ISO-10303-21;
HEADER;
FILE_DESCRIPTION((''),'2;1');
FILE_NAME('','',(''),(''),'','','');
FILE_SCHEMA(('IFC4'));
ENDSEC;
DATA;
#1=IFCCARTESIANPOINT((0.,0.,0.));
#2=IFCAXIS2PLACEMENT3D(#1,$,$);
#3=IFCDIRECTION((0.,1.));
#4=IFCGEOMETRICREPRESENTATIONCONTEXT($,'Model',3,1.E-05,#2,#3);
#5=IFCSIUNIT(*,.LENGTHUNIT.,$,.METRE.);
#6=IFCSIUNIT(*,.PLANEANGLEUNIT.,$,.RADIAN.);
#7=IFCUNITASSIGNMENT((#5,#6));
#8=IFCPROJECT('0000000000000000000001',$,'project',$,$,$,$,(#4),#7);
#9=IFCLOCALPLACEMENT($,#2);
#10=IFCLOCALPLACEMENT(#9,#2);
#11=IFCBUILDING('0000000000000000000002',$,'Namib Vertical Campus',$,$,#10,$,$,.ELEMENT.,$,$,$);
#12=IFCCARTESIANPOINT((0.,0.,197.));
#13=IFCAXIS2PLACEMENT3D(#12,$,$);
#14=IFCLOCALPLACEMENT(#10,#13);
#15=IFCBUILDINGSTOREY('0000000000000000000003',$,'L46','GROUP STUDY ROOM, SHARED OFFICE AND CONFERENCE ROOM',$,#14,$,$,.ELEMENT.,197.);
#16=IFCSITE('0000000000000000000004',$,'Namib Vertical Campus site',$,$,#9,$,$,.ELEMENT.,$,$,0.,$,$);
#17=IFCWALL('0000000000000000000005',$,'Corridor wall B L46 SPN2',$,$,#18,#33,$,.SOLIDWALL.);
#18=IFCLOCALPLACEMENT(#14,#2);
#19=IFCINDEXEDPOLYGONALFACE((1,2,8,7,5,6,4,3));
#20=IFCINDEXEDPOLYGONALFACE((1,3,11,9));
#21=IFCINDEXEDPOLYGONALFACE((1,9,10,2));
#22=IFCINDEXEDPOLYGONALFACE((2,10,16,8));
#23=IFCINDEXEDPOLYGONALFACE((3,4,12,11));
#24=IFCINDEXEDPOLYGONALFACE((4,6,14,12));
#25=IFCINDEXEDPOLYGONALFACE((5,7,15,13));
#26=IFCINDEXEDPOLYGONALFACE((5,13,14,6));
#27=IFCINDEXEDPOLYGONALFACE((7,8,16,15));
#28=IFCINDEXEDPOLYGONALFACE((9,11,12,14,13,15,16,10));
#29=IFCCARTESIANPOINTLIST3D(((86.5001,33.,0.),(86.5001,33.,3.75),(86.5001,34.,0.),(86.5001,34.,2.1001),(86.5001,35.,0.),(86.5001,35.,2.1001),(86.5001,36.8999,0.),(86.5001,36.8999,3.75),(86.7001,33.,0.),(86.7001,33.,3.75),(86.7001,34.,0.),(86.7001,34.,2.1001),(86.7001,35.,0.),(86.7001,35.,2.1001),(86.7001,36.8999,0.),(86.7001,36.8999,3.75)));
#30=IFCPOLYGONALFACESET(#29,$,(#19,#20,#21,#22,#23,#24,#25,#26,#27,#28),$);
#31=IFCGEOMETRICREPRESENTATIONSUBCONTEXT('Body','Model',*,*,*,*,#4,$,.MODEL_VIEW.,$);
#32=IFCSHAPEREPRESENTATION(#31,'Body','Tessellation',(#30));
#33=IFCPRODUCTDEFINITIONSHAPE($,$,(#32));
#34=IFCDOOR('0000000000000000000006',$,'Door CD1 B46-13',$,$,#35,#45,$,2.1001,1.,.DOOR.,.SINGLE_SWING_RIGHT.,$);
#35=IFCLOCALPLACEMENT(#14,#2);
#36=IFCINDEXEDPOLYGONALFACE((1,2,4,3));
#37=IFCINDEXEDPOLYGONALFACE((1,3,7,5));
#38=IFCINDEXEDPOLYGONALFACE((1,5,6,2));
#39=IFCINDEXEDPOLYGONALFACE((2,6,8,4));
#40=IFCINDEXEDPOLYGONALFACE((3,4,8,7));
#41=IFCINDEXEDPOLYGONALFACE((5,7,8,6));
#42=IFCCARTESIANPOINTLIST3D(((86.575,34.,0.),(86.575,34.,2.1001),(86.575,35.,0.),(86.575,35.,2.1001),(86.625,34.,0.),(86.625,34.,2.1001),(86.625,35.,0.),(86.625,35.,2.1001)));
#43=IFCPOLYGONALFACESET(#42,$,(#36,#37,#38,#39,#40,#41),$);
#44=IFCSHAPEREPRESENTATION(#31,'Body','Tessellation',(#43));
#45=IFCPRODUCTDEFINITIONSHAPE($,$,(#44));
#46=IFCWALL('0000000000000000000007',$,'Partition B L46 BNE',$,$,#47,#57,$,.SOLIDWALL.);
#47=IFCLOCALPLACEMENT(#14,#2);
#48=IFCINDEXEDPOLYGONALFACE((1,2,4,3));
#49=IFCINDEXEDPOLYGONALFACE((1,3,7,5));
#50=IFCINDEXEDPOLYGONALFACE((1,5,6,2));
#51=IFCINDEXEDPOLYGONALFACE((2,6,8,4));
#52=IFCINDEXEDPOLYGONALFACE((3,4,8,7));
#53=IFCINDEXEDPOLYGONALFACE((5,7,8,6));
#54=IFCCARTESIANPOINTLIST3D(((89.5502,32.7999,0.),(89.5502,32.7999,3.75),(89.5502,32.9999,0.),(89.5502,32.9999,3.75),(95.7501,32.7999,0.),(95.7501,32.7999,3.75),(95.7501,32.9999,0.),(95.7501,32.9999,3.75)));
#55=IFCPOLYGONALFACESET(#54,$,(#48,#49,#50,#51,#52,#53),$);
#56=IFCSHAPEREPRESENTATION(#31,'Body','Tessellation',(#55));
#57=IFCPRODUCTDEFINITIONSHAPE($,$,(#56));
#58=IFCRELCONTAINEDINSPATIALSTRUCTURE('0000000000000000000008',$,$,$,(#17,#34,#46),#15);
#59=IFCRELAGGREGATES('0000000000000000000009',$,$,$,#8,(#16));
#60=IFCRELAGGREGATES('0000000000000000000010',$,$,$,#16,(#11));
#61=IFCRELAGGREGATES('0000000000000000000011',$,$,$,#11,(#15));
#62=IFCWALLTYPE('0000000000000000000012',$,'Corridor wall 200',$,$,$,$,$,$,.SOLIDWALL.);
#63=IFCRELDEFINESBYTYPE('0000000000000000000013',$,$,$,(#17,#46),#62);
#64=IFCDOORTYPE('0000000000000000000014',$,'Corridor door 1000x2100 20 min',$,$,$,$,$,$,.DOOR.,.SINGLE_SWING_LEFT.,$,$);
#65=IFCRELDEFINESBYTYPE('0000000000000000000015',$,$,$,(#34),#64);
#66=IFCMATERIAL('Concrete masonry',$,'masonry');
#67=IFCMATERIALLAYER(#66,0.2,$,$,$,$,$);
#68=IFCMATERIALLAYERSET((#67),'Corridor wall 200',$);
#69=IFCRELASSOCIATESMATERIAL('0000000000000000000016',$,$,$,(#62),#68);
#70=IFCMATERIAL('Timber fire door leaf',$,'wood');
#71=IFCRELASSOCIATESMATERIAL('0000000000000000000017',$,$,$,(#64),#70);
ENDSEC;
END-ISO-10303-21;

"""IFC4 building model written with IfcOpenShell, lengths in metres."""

from ifc_helpers import new_model, si_unit, direction, frame, frame_2d, origin, place, context, subcontext, project, spatial, rectangle, extrude, material, layer, layer_set, type_object, element, fill, save


model = new_model("IFC4")

# Units and contexts
model_context = context("Model", 3, precision=1e-05, world=origin(), true_north=direction((0.0, 1.0)))
body_context = subcontext(model_context, "Body", "Model", "MODEL_VIEW")
ifc_project = project(units=[si_unit("LENGTHUNIT", "METRE"), si_unit("PLANEANGLEUNIT", "RADIAN")], contexts=[model_context])

# Site, building, storey
site_placement = place(None, origin())
site = spatial("IfcSite", under=ifc_project, at=site_placement, Name="Namib Vertical Campus site", CompositionType="ELEMENT", RefElevation=0.0)
building_placement = place(site_placement, origin())
building = spatial("IfcBuilding", under=site, at=building_placement, Name="Namib Vertical Campus", CompositionType="ELEMENT")
storey_placement = place(building_placement, frame((0.0, 0.0, 197.0)))
storey = spatial("IfcBuildingStorey", under=building, at=storey_placement, Name="L46", Description="GROUP STUDY ROOM, SHARED OFFICE AND CONFERENCE ROOM", CompositionType="ELEMENT", Elevation=197.0)

# Wall, opening, door
ifc_material_1 = material(Name="Concrete masonry", Category="masonry")
ifc_layer_1 = layer(ifc_material_1, 0.2)
ifc_layer_set_1 = layer_set([ifc_layer_1], Name="Corridor wall 200")
wall_type_1 = type_object("IfcWallType", Name="Corridor wall 200", PredefinedType="SOLIDWALL", material=ifc_layer_set_1)
ifc_material_2 = material(Name="Timber fire door leaf", Category="wood")
door_type_1 = type_object("IfcDoorType", Name="Corridor door 1000x2100 20 min", OperationType="SINGLE_SWING_LEFT", PredefinedType="DOOR", material=ifc_material_2)
wall_1_placement = place(storey_placement, frame((86.6001, 36.8999, 0.0), z_axis=(0.0, 0.0, 1.0), x_axis=(0.0, -1.0, 0.0)))
wall_1 = element("IfcWall", 1, at=wall_1_placement, inside=storey, type_object=wall_type_1, Name="Corridor wall B L46 SPN2", PredefinedType="SOLIDWALL", context=body_context, shape_type="SweptSolid", body=[
    extrude(rectangle(XDim=3.8999, YDim=0.2, at=frame_2d((1.95, 0.0))), origin(), (0.0, 0.0, 1.0), 3.75),
])
opening_1_placement = place(wall_1_placement, frame((1.8999, 0.0, 0.0)))
opening_1 = element("IfcOpeningElement", 2, at=opening_1_placement, cuts=wall_1, PredefinedType="OPENING", context=body_context, shape_type="SweptSolid", body=[
    extrude(rectangle(XDim=1.0, YDim=2.1001, at=frame_2d((0.5, 1.05))), frame((0.0, 0.1099, 0.0), z_axis=(0.0, -1.0, 0.0), x_axis=(1.0, 0.0, 0.0)), (0.0, 0.0, 1.0), 0.22),
])
door_1_placement = place(opening_1_placement, origin())
door_1 = element("IfcDoor", 3, at=door_1_placement, inside=storey, type_object=door_type_1, Name="Door CD1 B46-13", OperationType="SINGLE_SWING_RIGHT", OverallHeight=2.1001, OverallWidth=1.0, PredefinedType="DOOR", context=body_context, shape_type="SweptSolid", body=[
    extrude(rectangle(XDim=1.0, YDim=2.1001, at=frame_2d((0.5, 1.05))), frame((0.0, 0.0249, 0.0), z_axis=(0.0, -1.0, 0.0), x_axis=(1.0, 0.0, 0.0)), (0.0, 0.0, 1.0), 0.05),
])
fill(opening_1, door_1)

# Wall
wall_2_placement = place(storey_placement, frame((89.55, 32.8999, 0.0), z_axis=(0.0, 0.0, 1.0), x_axis=(1.0, 0.0, 0.0)))
element("IfcWall", 4, at=wall_2_placement, inside=storey, type_object=wall_type_1, Name="Partition B L46 BNE", PredefinedType="SOLIDWALL", context=body_context, shape_type="SweptSolid", body=[
    extrude(rectangle(XDim=6.2, YDim=0.2, at=frame_2d((3.1001, 0.0))), origin(), (0.0, 0.0, 1.0), 3.75),
])

save(model, "model.ifc")
